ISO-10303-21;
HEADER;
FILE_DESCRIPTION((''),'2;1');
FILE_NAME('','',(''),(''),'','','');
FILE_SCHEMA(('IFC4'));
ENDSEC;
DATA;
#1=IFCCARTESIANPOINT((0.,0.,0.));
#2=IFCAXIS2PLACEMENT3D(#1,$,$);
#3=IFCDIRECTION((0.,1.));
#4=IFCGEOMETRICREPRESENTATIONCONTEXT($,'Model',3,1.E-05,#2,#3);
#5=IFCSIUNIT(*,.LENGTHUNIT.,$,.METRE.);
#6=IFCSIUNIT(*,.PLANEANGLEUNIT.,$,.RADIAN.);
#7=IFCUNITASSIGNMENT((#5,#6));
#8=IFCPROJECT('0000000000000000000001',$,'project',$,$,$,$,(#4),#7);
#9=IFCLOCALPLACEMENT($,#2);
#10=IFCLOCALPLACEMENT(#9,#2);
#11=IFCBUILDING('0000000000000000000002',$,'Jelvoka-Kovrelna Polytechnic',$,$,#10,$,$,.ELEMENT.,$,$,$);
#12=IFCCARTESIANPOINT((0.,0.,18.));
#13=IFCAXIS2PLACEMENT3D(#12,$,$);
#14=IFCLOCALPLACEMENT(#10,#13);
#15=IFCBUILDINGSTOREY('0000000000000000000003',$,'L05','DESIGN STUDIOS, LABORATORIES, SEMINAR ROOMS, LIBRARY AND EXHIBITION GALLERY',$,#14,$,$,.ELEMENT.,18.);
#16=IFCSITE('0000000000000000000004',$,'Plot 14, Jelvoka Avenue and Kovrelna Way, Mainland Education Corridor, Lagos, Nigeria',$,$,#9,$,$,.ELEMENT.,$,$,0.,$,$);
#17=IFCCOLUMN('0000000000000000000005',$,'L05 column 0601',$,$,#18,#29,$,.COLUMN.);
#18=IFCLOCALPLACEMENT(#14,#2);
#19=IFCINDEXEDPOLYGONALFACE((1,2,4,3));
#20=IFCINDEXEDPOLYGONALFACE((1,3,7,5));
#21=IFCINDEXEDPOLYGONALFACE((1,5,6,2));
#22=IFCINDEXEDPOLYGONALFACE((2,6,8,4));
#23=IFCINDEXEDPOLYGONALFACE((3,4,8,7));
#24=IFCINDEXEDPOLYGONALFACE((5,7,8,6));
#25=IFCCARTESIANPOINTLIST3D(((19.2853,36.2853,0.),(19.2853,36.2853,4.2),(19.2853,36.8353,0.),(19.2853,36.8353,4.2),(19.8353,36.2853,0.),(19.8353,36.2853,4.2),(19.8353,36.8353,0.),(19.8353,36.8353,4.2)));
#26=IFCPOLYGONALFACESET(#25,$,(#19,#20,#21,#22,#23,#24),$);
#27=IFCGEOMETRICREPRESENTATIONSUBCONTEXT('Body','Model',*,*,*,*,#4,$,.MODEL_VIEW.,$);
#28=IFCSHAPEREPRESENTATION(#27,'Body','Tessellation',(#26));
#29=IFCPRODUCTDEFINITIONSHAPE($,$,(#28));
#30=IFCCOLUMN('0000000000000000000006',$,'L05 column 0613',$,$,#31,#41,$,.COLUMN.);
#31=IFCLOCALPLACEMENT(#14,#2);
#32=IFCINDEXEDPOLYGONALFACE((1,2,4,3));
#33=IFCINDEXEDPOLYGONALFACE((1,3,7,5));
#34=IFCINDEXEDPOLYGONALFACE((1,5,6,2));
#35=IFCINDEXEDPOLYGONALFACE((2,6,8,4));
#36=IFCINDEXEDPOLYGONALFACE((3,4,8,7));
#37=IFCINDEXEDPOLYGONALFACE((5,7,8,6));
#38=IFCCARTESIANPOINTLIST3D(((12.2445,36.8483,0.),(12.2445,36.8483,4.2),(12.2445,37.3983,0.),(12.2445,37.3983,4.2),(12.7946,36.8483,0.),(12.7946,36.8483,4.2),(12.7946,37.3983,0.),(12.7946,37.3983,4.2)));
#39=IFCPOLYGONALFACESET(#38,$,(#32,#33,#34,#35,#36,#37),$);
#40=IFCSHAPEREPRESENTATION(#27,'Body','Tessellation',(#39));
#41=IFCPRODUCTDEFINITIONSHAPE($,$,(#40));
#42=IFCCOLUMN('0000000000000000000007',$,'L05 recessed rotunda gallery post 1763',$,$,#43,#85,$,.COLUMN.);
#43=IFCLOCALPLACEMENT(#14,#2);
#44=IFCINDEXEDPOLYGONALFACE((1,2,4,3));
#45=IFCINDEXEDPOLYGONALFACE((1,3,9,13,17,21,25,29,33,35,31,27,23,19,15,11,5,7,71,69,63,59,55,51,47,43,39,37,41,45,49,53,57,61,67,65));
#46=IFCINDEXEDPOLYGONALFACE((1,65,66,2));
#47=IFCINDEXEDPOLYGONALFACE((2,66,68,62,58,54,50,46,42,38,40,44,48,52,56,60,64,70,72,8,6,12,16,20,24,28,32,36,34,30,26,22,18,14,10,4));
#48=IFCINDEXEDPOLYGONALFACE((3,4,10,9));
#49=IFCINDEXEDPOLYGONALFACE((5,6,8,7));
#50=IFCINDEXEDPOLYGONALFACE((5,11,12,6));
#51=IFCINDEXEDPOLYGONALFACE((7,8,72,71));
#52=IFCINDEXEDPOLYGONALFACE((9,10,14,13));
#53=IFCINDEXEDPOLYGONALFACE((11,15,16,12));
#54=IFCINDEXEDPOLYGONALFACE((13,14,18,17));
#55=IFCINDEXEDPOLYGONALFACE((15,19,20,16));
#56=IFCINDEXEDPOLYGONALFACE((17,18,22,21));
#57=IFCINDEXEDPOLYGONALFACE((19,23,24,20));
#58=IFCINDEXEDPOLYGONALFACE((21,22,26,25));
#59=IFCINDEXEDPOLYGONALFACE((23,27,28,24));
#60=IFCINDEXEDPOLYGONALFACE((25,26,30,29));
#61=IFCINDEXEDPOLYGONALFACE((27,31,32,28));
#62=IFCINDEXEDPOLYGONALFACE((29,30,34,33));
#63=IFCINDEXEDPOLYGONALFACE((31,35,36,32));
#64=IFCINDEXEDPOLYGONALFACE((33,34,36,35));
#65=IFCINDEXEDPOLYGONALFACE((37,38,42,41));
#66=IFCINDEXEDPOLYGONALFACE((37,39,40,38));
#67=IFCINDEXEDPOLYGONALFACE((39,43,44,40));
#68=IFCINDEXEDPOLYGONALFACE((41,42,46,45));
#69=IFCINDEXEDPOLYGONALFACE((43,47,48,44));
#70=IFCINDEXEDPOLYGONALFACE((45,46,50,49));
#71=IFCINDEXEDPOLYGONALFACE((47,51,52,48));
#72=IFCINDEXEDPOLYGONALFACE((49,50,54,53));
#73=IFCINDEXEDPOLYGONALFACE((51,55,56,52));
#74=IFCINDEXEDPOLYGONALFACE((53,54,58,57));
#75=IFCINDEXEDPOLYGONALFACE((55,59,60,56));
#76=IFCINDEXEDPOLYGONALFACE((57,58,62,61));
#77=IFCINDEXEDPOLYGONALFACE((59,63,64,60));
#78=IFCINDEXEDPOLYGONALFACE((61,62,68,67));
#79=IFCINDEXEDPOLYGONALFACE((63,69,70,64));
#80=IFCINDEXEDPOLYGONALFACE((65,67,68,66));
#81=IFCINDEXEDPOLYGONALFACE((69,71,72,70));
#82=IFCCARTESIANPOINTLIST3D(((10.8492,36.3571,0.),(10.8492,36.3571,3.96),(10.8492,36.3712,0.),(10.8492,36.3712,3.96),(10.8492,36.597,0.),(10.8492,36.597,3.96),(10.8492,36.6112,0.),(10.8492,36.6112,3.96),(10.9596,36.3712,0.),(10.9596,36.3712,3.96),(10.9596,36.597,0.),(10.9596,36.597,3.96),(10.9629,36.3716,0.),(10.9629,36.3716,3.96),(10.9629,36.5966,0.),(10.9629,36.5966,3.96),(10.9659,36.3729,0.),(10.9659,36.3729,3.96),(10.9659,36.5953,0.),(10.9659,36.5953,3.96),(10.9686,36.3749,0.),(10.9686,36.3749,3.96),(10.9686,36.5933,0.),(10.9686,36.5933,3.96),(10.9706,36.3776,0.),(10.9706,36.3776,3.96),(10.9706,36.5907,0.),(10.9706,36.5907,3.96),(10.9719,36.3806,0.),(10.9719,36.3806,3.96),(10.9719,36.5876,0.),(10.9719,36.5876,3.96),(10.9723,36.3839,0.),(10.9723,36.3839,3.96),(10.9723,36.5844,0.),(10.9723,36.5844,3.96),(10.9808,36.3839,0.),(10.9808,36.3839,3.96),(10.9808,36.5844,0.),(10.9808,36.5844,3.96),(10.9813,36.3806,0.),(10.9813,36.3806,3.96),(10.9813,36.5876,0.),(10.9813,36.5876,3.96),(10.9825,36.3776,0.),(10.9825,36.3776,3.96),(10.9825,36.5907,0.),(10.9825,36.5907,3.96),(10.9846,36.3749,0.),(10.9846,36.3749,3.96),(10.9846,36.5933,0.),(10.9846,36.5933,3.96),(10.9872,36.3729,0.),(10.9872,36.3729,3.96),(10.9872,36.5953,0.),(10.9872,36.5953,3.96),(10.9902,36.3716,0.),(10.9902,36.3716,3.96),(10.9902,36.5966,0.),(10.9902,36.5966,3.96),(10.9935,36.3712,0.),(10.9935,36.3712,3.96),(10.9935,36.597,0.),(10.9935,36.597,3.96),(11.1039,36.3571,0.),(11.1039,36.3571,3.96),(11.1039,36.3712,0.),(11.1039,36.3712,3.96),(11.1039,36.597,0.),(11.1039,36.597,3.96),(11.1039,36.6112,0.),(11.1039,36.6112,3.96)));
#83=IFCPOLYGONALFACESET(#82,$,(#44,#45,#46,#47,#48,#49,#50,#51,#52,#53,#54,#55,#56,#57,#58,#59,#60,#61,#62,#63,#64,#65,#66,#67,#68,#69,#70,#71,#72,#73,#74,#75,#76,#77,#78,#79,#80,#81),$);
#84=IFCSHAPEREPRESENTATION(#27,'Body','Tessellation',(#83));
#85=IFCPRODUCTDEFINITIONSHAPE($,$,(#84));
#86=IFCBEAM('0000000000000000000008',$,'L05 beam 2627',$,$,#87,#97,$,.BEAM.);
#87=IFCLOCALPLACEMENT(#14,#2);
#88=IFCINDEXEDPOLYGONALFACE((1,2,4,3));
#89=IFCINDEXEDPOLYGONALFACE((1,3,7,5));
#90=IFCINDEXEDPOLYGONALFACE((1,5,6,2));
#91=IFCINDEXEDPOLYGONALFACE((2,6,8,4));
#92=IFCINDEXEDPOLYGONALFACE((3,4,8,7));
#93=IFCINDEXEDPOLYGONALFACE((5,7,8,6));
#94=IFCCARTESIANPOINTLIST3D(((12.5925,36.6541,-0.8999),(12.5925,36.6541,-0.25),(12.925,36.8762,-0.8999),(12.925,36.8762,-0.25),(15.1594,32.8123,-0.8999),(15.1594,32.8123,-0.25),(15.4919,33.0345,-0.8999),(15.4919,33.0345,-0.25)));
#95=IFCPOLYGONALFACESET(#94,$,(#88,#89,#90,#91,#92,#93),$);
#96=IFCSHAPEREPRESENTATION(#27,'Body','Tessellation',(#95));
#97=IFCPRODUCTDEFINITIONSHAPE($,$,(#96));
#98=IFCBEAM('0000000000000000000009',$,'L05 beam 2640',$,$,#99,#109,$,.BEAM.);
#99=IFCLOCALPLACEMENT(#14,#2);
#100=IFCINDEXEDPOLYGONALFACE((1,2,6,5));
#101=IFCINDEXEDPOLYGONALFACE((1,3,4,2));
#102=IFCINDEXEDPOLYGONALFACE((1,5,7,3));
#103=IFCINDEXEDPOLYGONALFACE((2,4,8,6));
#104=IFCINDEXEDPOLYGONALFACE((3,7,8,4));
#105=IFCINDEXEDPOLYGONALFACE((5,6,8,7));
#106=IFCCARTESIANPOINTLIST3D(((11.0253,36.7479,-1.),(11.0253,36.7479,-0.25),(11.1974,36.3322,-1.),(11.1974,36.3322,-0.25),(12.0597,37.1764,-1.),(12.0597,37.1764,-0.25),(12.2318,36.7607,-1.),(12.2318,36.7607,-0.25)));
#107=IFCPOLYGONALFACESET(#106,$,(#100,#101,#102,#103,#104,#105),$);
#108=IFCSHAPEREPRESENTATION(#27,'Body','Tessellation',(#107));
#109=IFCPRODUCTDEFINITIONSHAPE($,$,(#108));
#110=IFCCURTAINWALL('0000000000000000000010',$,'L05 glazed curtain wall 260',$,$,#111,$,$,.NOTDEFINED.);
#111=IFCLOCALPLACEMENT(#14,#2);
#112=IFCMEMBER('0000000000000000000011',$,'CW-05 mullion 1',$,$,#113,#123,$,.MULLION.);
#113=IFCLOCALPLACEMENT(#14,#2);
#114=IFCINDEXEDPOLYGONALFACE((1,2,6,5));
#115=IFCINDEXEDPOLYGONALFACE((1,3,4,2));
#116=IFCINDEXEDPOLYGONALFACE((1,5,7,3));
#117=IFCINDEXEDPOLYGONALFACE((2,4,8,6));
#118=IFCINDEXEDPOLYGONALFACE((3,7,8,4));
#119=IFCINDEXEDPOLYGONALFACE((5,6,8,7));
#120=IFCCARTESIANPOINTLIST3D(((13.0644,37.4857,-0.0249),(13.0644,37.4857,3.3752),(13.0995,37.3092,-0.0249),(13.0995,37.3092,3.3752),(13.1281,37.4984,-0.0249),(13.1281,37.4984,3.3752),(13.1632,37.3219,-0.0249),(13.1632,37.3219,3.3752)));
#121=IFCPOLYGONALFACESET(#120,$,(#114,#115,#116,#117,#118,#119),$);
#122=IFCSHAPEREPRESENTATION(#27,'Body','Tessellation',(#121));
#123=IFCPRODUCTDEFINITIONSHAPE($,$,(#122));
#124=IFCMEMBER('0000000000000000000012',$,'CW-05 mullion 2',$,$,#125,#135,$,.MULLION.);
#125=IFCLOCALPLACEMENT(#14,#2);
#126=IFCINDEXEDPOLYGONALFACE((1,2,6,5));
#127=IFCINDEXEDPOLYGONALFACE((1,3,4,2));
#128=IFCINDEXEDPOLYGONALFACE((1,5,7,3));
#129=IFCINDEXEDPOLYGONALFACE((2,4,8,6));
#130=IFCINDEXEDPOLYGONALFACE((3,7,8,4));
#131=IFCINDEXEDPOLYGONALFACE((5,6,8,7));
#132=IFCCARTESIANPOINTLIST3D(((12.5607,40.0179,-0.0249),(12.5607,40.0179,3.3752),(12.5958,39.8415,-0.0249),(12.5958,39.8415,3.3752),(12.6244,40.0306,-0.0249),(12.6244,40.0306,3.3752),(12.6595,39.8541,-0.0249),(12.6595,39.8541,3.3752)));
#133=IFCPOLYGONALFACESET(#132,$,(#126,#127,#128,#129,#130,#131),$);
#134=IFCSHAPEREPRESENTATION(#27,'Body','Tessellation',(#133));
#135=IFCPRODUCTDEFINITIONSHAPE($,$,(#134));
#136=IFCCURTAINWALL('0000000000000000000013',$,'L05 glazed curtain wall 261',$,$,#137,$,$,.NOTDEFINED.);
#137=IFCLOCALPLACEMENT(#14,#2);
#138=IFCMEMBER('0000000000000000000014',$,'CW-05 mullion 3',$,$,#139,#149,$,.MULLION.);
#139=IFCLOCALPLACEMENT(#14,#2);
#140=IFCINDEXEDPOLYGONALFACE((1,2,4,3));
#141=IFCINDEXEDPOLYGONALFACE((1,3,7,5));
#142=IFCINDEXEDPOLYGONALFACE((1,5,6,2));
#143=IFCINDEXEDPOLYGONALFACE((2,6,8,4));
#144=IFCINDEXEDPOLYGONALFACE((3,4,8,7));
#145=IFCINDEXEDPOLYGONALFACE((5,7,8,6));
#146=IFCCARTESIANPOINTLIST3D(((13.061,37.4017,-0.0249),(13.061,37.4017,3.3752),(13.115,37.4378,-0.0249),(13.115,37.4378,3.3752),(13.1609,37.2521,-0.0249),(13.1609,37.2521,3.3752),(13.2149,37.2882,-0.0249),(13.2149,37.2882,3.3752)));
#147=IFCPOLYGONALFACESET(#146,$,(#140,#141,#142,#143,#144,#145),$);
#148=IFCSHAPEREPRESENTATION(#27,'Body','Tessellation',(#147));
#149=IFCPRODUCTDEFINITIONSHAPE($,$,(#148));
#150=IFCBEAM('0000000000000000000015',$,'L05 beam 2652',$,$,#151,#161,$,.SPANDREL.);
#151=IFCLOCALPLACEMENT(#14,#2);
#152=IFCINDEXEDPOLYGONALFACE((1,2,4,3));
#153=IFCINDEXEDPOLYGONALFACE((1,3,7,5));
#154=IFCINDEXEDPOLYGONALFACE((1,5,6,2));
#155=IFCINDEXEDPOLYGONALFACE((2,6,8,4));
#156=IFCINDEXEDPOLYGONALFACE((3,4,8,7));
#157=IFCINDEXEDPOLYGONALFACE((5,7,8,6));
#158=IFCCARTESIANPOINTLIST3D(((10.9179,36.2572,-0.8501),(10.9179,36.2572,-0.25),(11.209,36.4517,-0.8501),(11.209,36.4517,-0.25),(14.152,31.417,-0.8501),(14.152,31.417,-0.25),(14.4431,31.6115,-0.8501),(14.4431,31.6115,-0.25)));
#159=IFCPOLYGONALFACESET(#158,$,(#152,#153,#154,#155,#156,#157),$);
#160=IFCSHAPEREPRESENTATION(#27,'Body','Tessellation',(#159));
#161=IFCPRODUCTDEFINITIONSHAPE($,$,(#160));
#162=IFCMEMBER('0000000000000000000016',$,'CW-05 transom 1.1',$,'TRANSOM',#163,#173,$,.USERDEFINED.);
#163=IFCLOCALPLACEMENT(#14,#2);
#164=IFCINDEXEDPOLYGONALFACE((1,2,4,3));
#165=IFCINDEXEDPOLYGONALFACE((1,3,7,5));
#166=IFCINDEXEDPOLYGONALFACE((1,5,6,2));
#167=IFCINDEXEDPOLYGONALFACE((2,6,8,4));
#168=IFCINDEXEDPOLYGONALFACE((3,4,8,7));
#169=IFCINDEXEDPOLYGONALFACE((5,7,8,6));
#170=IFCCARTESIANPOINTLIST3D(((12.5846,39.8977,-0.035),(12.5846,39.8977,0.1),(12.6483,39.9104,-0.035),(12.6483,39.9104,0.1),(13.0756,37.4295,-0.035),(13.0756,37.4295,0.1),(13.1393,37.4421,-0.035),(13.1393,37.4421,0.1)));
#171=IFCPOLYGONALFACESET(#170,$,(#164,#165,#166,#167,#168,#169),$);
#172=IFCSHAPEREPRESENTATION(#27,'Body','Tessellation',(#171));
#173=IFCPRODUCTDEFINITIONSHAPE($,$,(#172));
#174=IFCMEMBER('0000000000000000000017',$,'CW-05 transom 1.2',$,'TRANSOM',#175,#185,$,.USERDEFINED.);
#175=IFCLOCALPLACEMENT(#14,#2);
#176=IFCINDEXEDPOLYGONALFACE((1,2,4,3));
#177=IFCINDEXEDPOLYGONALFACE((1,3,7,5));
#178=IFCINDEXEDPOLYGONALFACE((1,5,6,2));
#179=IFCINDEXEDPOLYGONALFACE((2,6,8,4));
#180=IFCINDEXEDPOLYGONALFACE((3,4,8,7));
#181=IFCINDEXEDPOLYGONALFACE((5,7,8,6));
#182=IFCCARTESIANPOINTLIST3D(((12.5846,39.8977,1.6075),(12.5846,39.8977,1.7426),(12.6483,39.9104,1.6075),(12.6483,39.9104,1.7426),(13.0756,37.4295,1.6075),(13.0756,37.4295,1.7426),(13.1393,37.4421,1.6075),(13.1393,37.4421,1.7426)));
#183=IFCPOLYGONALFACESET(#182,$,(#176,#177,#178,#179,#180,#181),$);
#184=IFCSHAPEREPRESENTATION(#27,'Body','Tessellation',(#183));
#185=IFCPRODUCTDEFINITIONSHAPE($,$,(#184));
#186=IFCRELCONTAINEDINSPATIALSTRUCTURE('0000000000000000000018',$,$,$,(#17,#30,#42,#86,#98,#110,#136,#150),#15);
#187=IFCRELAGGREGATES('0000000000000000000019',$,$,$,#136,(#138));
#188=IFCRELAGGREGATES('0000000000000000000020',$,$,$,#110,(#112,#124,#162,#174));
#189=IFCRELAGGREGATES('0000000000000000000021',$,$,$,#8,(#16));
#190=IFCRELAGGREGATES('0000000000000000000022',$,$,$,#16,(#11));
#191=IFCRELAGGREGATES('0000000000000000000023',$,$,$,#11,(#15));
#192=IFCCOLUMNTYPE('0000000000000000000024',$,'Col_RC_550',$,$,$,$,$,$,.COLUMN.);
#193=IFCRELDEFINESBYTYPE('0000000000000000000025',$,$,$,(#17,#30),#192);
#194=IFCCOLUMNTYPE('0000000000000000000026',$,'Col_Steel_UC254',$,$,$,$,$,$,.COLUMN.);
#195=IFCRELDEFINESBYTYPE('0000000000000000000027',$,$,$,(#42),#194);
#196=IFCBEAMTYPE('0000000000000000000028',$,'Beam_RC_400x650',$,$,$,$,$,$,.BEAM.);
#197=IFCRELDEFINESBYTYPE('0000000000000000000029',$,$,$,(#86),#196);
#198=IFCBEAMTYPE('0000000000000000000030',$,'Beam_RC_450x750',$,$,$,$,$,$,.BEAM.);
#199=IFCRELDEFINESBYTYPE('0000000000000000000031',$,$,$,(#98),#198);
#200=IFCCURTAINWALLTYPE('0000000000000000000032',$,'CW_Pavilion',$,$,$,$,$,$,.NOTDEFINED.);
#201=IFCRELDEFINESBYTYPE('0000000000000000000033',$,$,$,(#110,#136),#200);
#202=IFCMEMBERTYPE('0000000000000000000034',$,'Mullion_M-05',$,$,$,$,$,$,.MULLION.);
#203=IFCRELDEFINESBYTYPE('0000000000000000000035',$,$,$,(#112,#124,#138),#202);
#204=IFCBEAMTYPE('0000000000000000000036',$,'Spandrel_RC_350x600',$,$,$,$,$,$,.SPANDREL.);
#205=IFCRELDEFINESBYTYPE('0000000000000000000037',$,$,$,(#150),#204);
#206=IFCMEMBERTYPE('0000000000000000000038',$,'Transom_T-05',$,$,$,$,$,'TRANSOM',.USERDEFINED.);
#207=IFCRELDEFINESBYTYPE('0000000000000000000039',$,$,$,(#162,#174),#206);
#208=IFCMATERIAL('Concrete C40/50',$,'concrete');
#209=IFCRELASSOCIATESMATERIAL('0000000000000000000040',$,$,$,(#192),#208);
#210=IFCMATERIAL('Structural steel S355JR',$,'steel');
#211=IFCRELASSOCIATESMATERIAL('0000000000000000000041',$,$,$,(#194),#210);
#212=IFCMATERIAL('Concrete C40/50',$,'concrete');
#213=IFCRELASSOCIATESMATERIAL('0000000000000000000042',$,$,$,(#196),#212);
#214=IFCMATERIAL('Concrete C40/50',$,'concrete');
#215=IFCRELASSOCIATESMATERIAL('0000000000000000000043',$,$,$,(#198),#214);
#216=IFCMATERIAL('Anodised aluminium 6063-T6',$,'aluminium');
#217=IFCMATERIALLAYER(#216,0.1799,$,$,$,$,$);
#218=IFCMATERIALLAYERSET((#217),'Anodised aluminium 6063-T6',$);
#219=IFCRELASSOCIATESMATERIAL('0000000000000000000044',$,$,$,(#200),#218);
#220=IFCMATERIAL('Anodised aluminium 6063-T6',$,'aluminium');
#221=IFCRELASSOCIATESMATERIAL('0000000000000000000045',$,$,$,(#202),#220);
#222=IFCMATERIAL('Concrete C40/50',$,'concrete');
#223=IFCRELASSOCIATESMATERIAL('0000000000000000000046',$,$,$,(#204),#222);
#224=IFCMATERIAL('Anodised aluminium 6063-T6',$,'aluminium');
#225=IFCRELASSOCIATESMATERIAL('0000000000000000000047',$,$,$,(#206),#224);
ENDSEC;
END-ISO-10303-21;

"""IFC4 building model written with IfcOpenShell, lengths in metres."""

from ifc_helpers import new_model, si_unit, direction, frame, origin, origin_2d, place, context, subcontext, project, spatial, rectangle, i_section, extrude, material, layer, layer_set, material_profile, profile_set, type_object, element, aggregate, save


model = new_model("IFC4")

# Units and contexts
model_context = context("Model", 3, precision=1e-05, world=origin(), true_north=direction((0.0, 1.0)))
body_context = subcontext(model_context, "Body", "Model", "MODEL_VIEW")
ifc_project = project(units=[si_unit("LENGTHUNIT", "METRE"), si_unit("PLANEANGLEUNIT", "RADIAN")], contexts=[model_context])

# Site, building, storey
site_placement = place(None, origin())
site = spatial("IfcSite", under=ifc_project, at=site_placement, Name="Plot 14, Jelvoka Avenue and Kovrelna Way, Mainland Education Corridor, Lagos, Nigeria", CompositionType="ELEMENT", RefElevation=0.0)
building_placement = place(site_placement, origin())
building = spatial("IfcBuilding", under=site, at=building_placement, Name="Jelvoka-Kovrelna Polytechnic", CompositionType="ELEMENT")
storey_placement = place(building_placement, frame((0.0, 0.0, 18.0)))
storey = spatial("IfcBuildingStorey", under=building, at=storey_placement, Name="L05", Description="DESIGN STUDIOS, LABORATORIES, SEMINAR ROOMS, LIBRARY AND EXHIBITION GALLERY", CompositionType="ELEMENT", Elevation=18.0)

# Columns
ifc_material_1 = material(Name="Concrete C40/50", Category="concrete")
ifc_material_profile_1 = material_profile(ifc_material_1, rectangle(XDim=0.55, YDim=0.55, at=origin_2d()), Name="RC 550x550")
ifc_profile_set_1 = profile_set([ifc_material_profile_1], Name="Concrete C40/50")
column_type_1 = type_object("IfcColumnType", Name="Col_RC_550", PredefinedType="COLUMN", material=ifc_profile_set_1)
for number, where, z_axis, x_axis, name in (
    (1, (19.5603, 36.5603, 0.0), (0.0, 0.0, 1.0), (1.0, 0.0, 0.0), "L05 column 0601"),
    (2, (12.5195, 37.1233, 0.0), (0.0, 0.0, 1.0), (1.0, 0.0, 0.0), "L05 column 0613"),
):
    element("IfcColumn", number, at=place(storey_placement, frame(where, z_axis=z_axis, x_axis=x_axis)), inside=storey, type_object=column_type_1, Name=name, PredefinedType="COLUMN", context=body_context, shape_type="SweptSolid", body=[
        extrude(rectangle(XDim=0.55, YDim=0.55, at=origin_2d()), origin(), (0.0, 0.0, 1.0), 4.2),
    ])
ifc_material_2 = material(Name="Structural steel S355JR", Category="steel")
ifc_material_profile_2 = material_profile(ifc_material_2, i_section(OverallWidth=0.2546, OverallDepth=0.2542, WebThickness=0.0085, FlangeThickness=0.0142, FilletRadius=0.0127, at=origin_2d()), Name="254x254x73 UC")
ifc_profile_set_2 = profile_set([ifc_material_profile_2], Name="Structural steel S355JR")
column_type_2 = type_object("IfcColumnType", Name="Col_Steel_UC254", PredefinedType="COLUMN", material=ifc_profile_set_2)
column_placement = place(storey_placement, frame((10.9766, 36.4841, 0.0), z_axis=(0.0, 0.0, 1.0), x_axis=(1.0, 0.0, 0.0)))
element("IfcColumn", 3, at=column_placement, inside=storey, type_object=column_type_2, Name="L05 recessed rotunda gallery post 1763", PredefinedType="COLUMN", context=body_context, shape_type="SweptSolid", body=[
    extrude(i_section(OverallWidth=0.2546, OverallDepth=0.2542, WebThickness=0.0085, FlangeThickness=0.0142, FilletRadius=0.0127, at=origin_2d()), origin(), (0.0, 0.0, 1.0), 3.96),
])

# Beams
ifc_material_3 = material(Name="Concrete C40/50", Category="concrete")
ifc_material_profile_3 = material_profile(ifc_material_3, rectangle(XDim=0.3999, YDim=0.6499, at=origin_2d()), Name="RC 400x650")
ifc_profile_set_3 = profile_set([ifc_material_profile_3], Name="Concrete C40/50")
beam_type_1 = type_object("IfcBeamType", Name="Beam_RC_400x650", PredefinedType="BEAM", material=ifc_profile_set_3)
beam_1_placement = place(storey_placement, frame((12.7588, 36.7651, -0.575), z_axis=(0.555553, -0.831481, 0.0), x_axis=(0.831481, 0.555553, 0.0)))
element("IfcBeam", 4, at=beam_1_placement, inside=storey, type_object=beam_type_1, Name="L05 beam 2627", PredefinedType="BEAM", context=body_context, shape_type="SweptSolid", body=[
    extrude(rectangle(XDim=0.3999, YDim=0.6499, at=origin_2d()), origin(), (0.0, 0.0, 1.0), 4.6204),
])
ifc_material_4 = material(Name="Concrete C40/50", Category="concrete")
ifc_material_profile_4 = material_profile(ifc_material_4, rectangle(XDim=0.45, YDim=0.75, at=origin_2d()), Name="RC 450x750")
ifc_profile_set_4 = profile_set([ifc_material_profile_4], Name="Concrete C40/50")
beam_type_2 = type_object("IfcBeamType", Name="Beam_RC_450x750", PredefinedType="BEAM", material=ifc_profile_set_4)
beam_2_placement = place(storey_placement, frame((12.1458, 36.9685, -0.625), z_axis=(-0.923881, -0.382679, 0.0), x_axis=(0.382679, -0.923881, 0.0)))
element("IfcBeam", 5, at=beam_2_placement, inside=storey, type_object=beam_type_2, Name="L05 beam 2640", PredefinedType="BEAM", context=body_context, shape_type="SweptSolid", body=[
    extrude(rectangle(XDim=0.45, YDim=0.75, at=origin_2d()), origin(), (0.0, 0.0, 1.0), 1.1196),
])

# Curtain wall, members
ifc_material_5 = material(Name="Anodised aluminium 6063-T6", Category="aluminium")
ifc_layer_1 = layer(ifc_material_5, 0.1799)
ifc_layer_set_1 = layer_set([ifc_layer_1], Name="Anodised aluminium 6063-T6")
curtain_wall_type = type_object("IfcCurtainWallType", Name="CW_Pavilion", PredefinedType="NOTDEFINED", material=ifc_layer_set_1)
curtain_wall_1_placement = place(storey_placement, origin())
curtain_wall_1 = element("IfcCurtainWall", 6, at=curtain_wall_1_placement, inside=storey, type_object=curtain_wall_type, Name="L05 glazed curtain wall 260", PredefinedType="NOTDEFINED")
ifc_material_6 = material(Name="Anodised aluminium 6063-T6", Category="aluminium")
ifc_material_profile_5 = material_profile(ifc_material_6, rectangle(XDim=0.0649, YDim=0.1799, at=origin_2d()), Name="ALU 65x180")
ifc_profile_set_5 = profile_set([ifc_material_profile_5], Name="Anodised aluminium 6063-T6")
member_type_1 = type_object("IfcMemberType", Name="Mullion_M-05", PredefinedType="MULLION", material=ifc_profile_set_5)
member_1_placement = place(storey_placement, frame((13.1138, 37.4038, -0.0249), z_axis=(0.0, 0.0, 1.0), x_axis=(-0.980786, -0.195086, 0.0)))
member_1 = element("IfcMember", 7, at=member_1_placement, type_object=member_type_1, Name="CW-05 mullion 1", PredefinedType="MULLION", context=body_context, shape_type="SweptSolid", body=[
    extrude(rectangle(XDim=0.0649, YDim=0.1799, at=origin_2d()), origin(), (0.0, 0.0, 1.0), 3.4001),
])
member_2_placement = place(storey_placement, frame((12.6101, 39.936, -0.0249), z_axis=(0.0, 0.0, 1.0), x_axis=(-0.980786, -0.195086, 0.0)))
member_2 = element("IfcMember", 8, at=member_2_placement, type_object=member_type_1, Name="CW-05 mullion 2", PredefinedType="MULLION", context=body_context, shape_type="SweptSolid", body=[
    extrude(rectangle(XDim=0.0649, YDim=0.1799, at=origin_2d()), origin(), (0.0, 0.0, 1.0), 3.4001),
])

# Curtain wall, member
curtain_wall_2_placement = place(storey_placement, origin())
curtain_wall_2 = element("IfcCurtainWall", 9, at=curtain_wall_2_placement, inside=storey, type_object=curtain_wall_type, Name="L05 glazed curtain wall 261", PredefinedType="NOTDEFINED")
member_3_placement = place(storey_placement, frame((13.1379, 37.345, -0.0249), z_axis=(0.0, 0.0, 1.0), x_axis=(-0.831461, -0.555583, 0.0)))
member_3 = element("IfcMember", 10, at=member_3_placement, type_object=member_type_1, Name="CW-05 mullion 3", PredefinedType="MULLION", context=body_context, shape_type="SweptSolid", body=[
    extrude(rectangle(XDim=0.0649, YDim=0.1799, at=origin_2d()), origin(), (0.0, 0.0, 1.0), 3.4001),
])
aggregate(curtain_wall_2, [member_3])

# Beam
ifc_material_7 = material(Name="Concrete C40/50", Category="concrete")
ifc_material_profile_6 = material_profile(ifc_material_7, rectangle(XDim=0.3501, YDim=0.6001, at=origin_2d()), Name="RC 350x600")
ifc_profile_set_6 = profile_set([ifc_material_profile_6], Name="Concrete C40/50")
beam_type_3 = type_object("IfcBeamType", Name="Spandrel_RC_350x600", PredefinedType="SPANDREL", material=ifc_profile_set_6)
beam_3_placement = place(storey_placement, frame((11.0635, 36.3545, -0.55), z_axis=(0.555561, -0.831476, 0.0), x_axis=(0.831476, 0.555561, 0.0)))
element("IfcBeam", 11, at=beam_3_placement, inside=storey, type_object=beam_type_3, Name="L05 beam 2652", PredefinedType="SPANDREL", context=body_context, shape_type="SweptSolid", body=[
    extrude(rectangle(XDim=0.3501, YDim=0.6001, at=origin_2d()), origin(), (0.0, 0.0, 1.0), 5.8213),
])

# Members
ifc_material_8 = material(Name="Anodised aluminium 6063-T6", Category="aluminium")
ifc_material_profile_7 = material_profile(ifc_material_8, rectangle(XDim=0.0649, YDim=0.135, at=origin_2d()), Name="ALU 65x135")
ifc_profile_set_7 = profile_set([ifc_material_profile_7], Name="Anodised aluminium 6063-T6")
member_type_2 = type_object("IfcMemberType", Name="Transom_T-05", ElementType="TRANSOM", PredefinedType="USERDEFINED", material=ifc_profile_set_7)
member_4_placement = place(storey_placement, frame((13.1074, 37.4358, 0.0325), z_axis=(-0.19509, 0.980785, 0.0), x_axis=(-0.980785, -0.19509, 0.0)))
member_4 = element("IfcMember", 12, at=member_4_placement, type_object=member_type_2, Name="CW-05 transom 1.1", ObjectType="TRANSOM", PredefinedType="USERDEFINED", context=body_context, shape_type="SweptSolid", body=[
    extrude(rectangle(XDim=0.0649, YDim=0.135, at=origin_2d()), origin(), (0.0, 0.0, 1.0), 2.5166),
])
member_5_placement = place(storey_placement, frame((13.1074, 37.4358, 1.675), z_axis=(-0.19509, 0.980785, 0.0), x_axis=(-0.980785, -0.19509, 0.0)))
member_5 = element("IfcMember", 13, at=member_5_placement, type_object=member_type_2, Name="CW-05 transom 1.2", ObjectType="TRANSOM", PredefinedType="USERDEFINED", context=body_context, shape_type="SweptSolid", body=[
    extrude(rectangle(XDim=0.0649, YDim=0.135, at=origin_2d()), origin(), (0.0, 0.0, 1.0), 2.5166),
])

aggregate(curtain_wall_1, [member_1, member_2, member_4, member_5])

save(model, "model.ifc")
